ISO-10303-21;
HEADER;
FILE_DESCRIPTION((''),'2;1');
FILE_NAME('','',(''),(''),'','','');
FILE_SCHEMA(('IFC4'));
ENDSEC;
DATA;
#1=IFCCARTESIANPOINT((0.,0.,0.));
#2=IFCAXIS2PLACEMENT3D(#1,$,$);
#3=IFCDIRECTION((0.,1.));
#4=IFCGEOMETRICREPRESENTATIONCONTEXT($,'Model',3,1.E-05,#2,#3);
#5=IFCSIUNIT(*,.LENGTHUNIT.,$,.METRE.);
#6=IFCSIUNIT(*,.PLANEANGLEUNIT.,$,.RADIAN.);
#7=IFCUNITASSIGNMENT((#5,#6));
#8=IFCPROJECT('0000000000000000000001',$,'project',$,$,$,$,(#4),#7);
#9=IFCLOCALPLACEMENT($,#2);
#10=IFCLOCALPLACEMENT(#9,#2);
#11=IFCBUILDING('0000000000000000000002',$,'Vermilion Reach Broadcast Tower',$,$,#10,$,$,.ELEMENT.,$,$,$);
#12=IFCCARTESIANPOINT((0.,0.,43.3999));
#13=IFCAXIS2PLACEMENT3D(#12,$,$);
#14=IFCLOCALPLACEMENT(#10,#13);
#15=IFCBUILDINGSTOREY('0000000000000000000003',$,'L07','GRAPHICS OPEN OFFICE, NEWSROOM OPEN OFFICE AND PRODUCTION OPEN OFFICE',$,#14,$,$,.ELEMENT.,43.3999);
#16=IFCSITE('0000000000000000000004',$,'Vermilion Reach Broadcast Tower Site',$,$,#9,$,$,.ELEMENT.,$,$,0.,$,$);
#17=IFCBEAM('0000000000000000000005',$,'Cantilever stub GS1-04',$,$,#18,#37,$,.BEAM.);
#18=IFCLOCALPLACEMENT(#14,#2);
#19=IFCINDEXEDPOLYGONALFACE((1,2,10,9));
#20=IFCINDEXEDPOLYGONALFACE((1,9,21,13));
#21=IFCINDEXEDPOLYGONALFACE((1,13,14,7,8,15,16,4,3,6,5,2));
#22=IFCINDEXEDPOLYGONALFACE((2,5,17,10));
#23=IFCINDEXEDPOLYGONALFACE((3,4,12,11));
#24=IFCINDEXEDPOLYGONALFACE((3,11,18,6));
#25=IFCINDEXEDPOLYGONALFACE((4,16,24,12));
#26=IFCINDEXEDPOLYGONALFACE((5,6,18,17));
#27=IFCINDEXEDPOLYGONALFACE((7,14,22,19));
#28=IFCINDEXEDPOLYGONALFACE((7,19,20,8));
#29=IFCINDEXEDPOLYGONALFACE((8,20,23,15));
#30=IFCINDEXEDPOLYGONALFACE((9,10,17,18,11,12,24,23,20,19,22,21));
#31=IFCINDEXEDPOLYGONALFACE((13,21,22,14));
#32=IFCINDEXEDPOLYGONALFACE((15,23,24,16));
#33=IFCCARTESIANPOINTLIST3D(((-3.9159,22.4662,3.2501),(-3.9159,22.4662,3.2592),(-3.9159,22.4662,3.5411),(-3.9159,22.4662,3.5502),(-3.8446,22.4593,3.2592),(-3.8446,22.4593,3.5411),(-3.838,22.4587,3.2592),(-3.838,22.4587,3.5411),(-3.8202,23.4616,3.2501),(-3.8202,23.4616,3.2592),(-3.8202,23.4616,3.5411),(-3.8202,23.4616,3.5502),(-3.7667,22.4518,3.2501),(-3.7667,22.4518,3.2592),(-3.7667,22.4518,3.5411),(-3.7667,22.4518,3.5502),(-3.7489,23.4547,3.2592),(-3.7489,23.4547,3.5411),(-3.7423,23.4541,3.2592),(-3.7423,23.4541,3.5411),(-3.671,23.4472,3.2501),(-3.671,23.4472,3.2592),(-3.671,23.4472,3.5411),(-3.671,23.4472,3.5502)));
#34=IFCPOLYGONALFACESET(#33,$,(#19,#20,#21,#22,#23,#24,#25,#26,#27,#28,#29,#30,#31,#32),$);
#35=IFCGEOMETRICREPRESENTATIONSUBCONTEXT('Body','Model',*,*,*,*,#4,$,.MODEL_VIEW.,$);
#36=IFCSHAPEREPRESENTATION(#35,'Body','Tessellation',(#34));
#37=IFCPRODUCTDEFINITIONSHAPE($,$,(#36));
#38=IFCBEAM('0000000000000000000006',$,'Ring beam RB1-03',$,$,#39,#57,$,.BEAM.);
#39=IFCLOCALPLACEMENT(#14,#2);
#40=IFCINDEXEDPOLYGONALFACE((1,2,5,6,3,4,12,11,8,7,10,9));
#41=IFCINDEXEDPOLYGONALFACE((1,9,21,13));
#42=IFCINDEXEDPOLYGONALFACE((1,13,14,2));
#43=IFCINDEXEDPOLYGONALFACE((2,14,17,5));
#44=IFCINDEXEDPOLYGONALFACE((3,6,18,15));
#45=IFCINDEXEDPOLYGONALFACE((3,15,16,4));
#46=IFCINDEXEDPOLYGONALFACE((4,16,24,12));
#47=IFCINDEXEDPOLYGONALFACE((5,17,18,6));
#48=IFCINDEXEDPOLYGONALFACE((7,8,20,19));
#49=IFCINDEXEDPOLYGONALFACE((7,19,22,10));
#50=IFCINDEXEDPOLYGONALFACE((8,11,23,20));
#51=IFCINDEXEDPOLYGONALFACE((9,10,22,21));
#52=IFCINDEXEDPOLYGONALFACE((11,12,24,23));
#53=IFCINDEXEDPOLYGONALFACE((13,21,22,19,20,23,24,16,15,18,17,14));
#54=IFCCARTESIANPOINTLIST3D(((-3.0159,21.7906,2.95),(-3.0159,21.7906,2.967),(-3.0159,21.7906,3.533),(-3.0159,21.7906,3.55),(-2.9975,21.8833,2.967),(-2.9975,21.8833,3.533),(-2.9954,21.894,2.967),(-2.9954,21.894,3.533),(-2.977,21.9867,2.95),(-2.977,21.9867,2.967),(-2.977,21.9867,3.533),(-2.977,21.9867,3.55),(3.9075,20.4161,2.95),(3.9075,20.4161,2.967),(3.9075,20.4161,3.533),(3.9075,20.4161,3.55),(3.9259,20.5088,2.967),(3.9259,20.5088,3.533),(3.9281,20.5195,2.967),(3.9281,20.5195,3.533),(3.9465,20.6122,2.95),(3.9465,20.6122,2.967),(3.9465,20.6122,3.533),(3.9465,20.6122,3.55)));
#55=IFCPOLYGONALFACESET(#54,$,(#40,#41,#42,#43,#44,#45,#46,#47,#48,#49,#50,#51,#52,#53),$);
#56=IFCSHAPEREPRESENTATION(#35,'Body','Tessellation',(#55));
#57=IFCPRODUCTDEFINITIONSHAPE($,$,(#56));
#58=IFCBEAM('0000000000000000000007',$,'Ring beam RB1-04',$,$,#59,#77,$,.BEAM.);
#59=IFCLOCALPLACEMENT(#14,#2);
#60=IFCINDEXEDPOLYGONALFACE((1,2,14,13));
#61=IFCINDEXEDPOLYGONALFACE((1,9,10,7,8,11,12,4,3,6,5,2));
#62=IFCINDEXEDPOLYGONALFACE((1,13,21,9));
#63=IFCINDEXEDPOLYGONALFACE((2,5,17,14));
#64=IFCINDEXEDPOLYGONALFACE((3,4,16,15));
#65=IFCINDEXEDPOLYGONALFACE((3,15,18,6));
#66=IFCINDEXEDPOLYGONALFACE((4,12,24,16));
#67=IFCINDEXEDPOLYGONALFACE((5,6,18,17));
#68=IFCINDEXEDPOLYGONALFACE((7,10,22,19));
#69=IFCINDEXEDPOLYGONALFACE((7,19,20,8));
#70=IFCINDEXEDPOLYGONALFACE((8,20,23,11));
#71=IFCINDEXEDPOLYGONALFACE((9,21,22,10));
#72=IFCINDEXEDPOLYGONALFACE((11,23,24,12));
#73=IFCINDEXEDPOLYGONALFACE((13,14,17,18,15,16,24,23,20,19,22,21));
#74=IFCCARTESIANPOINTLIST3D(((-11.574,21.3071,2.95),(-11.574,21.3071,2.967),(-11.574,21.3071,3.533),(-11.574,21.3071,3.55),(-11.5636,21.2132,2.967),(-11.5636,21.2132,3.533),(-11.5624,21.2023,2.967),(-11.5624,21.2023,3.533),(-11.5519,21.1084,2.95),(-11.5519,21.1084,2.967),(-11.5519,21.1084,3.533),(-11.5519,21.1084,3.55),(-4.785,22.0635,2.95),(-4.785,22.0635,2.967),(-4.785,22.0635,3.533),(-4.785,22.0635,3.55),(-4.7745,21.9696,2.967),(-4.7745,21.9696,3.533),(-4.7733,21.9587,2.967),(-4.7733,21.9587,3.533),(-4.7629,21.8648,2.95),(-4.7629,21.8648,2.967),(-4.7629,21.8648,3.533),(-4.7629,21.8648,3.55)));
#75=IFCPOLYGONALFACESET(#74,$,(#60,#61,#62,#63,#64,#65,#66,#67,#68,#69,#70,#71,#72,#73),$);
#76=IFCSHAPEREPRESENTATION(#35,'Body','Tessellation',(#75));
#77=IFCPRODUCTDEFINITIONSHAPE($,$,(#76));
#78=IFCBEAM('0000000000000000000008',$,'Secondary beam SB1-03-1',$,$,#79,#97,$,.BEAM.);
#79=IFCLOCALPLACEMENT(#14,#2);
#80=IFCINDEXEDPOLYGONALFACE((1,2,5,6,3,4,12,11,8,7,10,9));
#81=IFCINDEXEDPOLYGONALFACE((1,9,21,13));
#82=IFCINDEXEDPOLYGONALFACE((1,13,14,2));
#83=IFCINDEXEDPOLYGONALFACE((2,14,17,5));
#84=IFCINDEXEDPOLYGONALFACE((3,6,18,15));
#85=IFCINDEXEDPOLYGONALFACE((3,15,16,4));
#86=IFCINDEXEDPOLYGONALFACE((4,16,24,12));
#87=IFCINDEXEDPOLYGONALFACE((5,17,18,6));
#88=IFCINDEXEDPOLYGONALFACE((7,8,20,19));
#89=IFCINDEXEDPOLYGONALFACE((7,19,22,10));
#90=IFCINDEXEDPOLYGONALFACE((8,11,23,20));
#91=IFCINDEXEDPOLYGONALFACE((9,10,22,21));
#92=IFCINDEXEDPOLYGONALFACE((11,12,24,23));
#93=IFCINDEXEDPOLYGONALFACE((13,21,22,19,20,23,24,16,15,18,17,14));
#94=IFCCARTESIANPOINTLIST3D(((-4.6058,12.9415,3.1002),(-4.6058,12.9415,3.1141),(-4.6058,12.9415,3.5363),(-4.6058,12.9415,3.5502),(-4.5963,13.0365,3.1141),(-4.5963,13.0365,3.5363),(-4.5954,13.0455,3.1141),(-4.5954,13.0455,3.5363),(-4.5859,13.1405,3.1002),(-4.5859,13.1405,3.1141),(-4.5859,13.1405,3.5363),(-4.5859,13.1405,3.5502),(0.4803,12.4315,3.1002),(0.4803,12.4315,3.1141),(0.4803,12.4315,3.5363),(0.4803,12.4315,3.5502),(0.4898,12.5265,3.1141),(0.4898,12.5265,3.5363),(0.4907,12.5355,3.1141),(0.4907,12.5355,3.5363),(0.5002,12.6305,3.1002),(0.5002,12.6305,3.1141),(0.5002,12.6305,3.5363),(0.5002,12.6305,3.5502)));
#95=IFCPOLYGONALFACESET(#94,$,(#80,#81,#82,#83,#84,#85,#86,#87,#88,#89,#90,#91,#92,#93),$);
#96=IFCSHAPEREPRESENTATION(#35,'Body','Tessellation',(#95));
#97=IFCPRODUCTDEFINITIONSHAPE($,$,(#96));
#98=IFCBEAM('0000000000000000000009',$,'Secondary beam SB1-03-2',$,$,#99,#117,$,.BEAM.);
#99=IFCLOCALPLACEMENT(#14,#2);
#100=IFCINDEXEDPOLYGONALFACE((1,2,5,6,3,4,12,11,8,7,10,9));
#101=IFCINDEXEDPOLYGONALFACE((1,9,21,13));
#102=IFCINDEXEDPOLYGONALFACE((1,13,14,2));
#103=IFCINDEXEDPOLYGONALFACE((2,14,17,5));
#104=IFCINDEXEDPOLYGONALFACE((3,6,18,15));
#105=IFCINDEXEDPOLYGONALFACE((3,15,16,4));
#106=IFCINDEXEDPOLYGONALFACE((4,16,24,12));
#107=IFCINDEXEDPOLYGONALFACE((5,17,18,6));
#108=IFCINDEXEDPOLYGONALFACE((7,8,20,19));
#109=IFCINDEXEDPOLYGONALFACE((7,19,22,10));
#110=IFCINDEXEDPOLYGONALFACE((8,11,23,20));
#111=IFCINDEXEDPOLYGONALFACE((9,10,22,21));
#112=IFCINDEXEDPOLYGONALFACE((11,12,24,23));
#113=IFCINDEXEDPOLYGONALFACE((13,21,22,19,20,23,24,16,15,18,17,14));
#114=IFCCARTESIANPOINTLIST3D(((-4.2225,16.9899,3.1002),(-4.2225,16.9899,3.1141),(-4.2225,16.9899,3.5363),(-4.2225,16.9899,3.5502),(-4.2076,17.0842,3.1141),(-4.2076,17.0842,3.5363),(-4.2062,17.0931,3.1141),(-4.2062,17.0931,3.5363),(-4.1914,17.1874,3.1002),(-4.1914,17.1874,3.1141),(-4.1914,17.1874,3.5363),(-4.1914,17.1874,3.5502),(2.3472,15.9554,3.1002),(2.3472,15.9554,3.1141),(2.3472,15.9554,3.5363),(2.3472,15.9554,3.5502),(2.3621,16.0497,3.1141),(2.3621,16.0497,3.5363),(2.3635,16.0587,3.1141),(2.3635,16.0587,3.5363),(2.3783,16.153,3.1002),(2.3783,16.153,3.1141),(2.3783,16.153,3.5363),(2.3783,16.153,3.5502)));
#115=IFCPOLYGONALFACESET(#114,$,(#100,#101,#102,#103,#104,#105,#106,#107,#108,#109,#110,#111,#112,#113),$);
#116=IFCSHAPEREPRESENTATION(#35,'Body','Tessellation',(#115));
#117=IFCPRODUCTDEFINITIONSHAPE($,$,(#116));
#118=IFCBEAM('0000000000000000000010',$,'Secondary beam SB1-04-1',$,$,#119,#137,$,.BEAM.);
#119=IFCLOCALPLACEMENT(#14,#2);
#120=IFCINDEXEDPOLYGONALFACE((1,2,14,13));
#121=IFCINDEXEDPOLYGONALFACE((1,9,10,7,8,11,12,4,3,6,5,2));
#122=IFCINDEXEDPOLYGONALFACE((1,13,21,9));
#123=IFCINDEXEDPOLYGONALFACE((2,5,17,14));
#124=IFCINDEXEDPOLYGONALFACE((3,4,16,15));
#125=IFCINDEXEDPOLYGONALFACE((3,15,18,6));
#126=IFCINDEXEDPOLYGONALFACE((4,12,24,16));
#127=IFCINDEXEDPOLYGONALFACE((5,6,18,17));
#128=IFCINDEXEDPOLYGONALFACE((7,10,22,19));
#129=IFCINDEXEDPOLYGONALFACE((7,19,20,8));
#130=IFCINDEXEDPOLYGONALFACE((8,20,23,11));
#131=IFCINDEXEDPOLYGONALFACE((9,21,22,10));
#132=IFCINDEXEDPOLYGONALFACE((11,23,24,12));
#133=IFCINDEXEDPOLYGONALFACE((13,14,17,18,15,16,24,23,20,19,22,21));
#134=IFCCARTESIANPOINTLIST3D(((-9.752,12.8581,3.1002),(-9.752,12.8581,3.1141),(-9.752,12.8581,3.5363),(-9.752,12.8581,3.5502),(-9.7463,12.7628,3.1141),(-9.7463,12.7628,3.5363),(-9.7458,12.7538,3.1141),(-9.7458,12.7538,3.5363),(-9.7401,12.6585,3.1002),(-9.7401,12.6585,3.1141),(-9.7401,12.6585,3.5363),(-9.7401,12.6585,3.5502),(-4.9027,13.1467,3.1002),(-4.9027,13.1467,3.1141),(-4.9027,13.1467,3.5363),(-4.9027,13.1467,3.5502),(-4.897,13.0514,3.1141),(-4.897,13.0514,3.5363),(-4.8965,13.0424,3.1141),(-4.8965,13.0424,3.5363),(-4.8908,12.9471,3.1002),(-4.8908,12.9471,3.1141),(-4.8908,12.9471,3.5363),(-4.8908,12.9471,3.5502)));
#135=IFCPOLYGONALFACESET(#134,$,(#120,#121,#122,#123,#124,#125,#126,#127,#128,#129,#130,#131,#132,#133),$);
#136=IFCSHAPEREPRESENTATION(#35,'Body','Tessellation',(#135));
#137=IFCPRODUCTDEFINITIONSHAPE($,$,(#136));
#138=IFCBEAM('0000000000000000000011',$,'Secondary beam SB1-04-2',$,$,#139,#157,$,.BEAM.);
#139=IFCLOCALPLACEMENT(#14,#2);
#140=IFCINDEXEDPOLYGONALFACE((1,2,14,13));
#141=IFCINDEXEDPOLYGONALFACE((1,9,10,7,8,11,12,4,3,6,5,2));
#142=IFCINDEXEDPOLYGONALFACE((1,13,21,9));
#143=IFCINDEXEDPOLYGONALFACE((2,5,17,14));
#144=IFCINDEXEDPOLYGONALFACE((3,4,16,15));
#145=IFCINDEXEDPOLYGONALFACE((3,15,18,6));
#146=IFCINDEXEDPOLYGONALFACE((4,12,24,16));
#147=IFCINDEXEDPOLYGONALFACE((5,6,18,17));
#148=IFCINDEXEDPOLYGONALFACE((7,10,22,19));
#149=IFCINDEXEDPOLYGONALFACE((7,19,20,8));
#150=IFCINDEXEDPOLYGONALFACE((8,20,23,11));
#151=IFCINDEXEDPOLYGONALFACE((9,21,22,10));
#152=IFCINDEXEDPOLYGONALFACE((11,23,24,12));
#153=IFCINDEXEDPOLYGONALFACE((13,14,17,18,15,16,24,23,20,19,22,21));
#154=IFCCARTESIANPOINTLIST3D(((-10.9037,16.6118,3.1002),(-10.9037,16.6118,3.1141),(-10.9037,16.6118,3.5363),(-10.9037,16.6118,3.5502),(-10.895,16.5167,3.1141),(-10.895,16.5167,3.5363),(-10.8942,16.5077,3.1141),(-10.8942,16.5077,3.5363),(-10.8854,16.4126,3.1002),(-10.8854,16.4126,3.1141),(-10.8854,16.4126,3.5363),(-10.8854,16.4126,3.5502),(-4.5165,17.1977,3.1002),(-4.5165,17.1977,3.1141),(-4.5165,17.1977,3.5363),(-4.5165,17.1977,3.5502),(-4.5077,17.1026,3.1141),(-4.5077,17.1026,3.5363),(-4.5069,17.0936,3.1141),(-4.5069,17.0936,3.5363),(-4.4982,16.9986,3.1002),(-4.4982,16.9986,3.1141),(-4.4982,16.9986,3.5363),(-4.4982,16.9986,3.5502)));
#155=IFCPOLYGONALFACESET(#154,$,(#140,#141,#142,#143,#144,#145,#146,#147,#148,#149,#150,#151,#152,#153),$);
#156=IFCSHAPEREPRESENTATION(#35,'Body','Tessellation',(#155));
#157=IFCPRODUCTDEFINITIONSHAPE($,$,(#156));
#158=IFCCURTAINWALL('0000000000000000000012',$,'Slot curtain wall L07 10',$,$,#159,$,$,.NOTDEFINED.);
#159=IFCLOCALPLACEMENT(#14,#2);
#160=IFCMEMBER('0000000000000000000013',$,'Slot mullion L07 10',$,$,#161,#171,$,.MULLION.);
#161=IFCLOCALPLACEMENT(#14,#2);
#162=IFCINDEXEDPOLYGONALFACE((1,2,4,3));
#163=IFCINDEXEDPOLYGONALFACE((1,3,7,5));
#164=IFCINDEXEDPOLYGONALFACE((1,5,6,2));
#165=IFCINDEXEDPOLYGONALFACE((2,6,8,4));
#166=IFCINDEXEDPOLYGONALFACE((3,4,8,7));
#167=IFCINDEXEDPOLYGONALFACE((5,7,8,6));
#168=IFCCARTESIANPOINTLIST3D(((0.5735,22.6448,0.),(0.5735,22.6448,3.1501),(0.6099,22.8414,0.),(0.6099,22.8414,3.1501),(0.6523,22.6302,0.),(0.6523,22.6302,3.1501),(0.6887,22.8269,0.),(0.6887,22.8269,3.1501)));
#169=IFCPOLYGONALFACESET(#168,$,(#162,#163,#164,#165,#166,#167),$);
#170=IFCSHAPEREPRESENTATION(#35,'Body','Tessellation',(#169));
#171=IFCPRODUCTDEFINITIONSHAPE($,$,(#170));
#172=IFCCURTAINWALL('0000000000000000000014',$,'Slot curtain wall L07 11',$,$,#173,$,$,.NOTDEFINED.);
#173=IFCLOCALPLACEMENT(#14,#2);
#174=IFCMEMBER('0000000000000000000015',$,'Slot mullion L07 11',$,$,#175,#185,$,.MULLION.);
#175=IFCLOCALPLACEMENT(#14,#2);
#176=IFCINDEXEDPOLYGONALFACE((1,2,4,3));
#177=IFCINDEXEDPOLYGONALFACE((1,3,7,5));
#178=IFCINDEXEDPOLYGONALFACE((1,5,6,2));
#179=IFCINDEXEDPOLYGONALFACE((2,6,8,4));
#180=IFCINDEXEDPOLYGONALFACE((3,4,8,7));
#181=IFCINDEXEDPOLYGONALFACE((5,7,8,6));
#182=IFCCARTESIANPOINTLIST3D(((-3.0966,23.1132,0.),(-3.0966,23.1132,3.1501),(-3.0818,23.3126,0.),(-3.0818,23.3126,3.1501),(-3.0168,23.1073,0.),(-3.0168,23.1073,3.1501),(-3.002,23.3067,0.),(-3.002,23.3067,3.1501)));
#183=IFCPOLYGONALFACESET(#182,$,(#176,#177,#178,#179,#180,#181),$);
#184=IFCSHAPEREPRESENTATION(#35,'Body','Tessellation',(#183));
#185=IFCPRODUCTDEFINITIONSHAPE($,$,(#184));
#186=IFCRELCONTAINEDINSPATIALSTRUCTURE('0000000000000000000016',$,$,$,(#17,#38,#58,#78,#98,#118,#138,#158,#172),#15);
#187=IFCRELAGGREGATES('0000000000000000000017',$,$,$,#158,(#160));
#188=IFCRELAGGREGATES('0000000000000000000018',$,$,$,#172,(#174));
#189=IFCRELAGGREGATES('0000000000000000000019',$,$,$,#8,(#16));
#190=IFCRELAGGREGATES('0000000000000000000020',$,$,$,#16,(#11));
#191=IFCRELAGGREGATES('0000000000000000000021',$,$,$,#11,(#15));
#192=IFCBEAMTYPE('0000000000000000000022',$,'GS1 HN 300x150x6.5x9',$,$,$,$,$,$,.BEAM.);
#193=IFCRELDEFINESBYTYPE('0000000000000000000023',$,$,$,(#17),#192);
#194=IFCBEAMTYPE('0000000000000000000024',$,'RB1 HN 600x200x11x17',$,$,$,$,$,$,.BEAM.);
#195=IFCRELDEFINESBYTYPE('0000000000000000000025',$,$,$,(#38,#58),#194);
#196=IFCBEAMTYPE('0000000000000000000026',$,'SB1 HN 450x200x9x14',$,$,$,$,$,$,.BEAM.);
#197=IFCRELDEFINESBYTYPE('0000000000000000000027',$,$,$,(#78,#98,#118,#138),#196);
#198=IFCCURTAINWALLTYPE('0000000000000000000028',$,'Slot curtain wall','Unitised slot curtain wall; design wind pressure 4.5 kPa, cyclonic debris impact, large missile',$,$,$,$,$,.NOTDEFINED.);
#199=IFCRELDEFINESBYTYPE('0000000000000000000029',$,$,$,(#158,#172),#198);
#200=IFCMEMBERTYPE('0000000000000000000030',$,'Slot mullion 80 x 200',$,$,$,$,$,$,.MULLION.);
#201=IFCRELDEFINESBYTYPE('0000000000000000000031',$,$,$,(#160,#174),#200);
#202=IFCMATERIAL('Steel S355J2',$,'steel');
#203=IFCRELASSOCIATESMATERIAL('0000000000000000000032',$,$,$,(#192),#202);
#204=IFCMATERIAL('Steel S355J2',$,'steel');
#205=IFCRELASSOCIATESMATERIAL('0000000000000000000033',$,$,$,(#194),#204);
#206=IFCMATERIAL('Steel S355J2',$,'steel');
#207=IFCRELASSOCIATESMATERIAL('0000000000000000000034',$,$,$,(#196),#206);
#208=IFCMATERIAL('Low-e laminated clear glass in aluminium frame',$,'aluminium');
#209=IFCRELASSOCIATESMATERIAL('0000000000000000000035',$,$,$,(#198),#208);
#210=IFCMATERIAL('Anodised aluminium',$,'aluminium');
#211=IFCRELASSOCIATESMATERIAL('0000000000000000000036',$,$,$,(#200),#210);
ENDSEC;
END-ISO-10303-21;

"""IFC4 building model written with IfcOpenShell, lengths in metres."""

from ifc_helpers import new_model, si_unit, direction, frame, origin, origin_2d, place, context, subcontext, project, spatial, rectangle, i_section, extrude, material, material_profile, profile_set, type_object, element, aggregate, save


model = new_model("IFC4")

# Units and contexts
model_context = context("Model", 3, precision=1e-05, world=origin(), true_north=direction((0.0, 1.0)))
body_context = subcontext(model_context, "Body", "Model", "MODEL_VIEW")
ifc_project = project(units=[si_unit("LENGTHUNIT", "METRE"), si_unit("PLANEANGLEUNIT", "RADIAN")], contexts=[model_context])

# Site, building, storey
site_placement = place(None, origin())
site = spatial("IfcSite", under=ifc_project, at=site_placement, Name="Vermilion Reach Broadcast Tower Site", CompositionType="ELEMENT", RefElevation=0.0)
building_placement = place(site_placement, origin())
building = spatial("IfcBuilding", under=site, at=building_placement, Name="Vermilion Reach Broadcast Tower", CompositionType="ELEMENT")
storey_placement = place(building_placement, frame((0.0, 0.0, 43.3999)))
storey = spatial("IfcBuildingStorey", under=building, at=storey_placement, Name="L07", Description="GRAPHICS OPEN OFFICE, NEWSROOM OPEN OFFICE AND PRODUCTION OPEN OFFICE", CompositionType="ELEMENT", Elevation=43.3999)

# Beams
ifc_material_1 = material(Name="Steel S355J2", Category="steel")
ifc_material_profile_1 = material_profile(ifc_material_1, i_section(OverallWidth=0.1499, OverallDepth=0.3, WebThickness=0.0066, FlangeThickness=0.009, at=origin_2d()), Name="S355J2 HN 300x150x6.5x9")
ifc_profile_set_1 = profile_set([ifc_material_profile_1], Name="Steel S355J2")
beam_type_1 = type_object("IfcBeamType", Name="GS1 HN 300x150x6.5x9", PredefinedType="BEAM", material=ifc_profile_set_1)
beam_1_placement = place(storey_placement, frame((-3.8413, 22.459, 3.4001), z_axis=(0.095708, 0.995409, 0.0), x_axis=(-0.995409, 0.095708, 0.0)))
element("IfcBeam", 1, at=beam_1_placement, inside=storey, type_object=beam_type_1, Name="Cantilever stub GS1-04", PredefinedType="BEAM", context=body_context, shape_type="SweptSolid", body=[
    extrude(i_section(OverallWidth=0.1499, OverallDepth=0.3, WebThickness=0.0066, FlangeThickness=0.009, at=origin_2d()), origin(), (0.0, 0.0, 1.0), 1.0),
])
ifc_material_2 = material(Name="Steel S355J2", Category="steel")
ifc_material_profile_2 = material_profile(ifc_material_2, i_section(OverallWidth=0.2, OverallDepth=0.6001, WebThickness=0.011, FlangeThickness=0.0171, at=origin_2d()), Name="S355J2 HN 600x200x11x17")
ifc_profile_set_2 = profile_set([ifc_material_profile_2], Name="Steel S355J2")
beam_type_2 = type_object("IfcBeamType", Name="RB1 HN 600x200x11x17", PredefinedType="BEAM", material=ifc_profile_set_2)
beam_2_placement = place(storey_placement, frame((3.927, 20.5142, 3.25), z_axis=(-0.980858, 0.194726, 0.0), x_axis=(-0.194726, -0.980858, 0.0)))
element("IfcBeam", 2, at=beam_2_placement, inside=storey, type_object=beam_type_2, Name="Ring beam RB1-03", PredefinedType="BEAM", context=body_context, shape_type="SweptSolid", body=[
    extrude(i_section(OverallWidth=0.2, OverallDepth=0.6001, WebThickness=0.011, FlangeThickness=0.0171, at=origin_2d()), origin(), (0.0, 0.0, 1.0), 7.0586),
])
beam_3_placement = place(storey_placement, frame((-4.7739, 21.9641, 3.25), z_axis=(-0.993851, -0.110722, 0.0), x_axis=(0.110722, -0.993851, 0.0)))
element("IfcBeam", 3, at=beam_3_placement, inside=storey, type_object=beam_type_2, Name="Ring beam RB1-04", PredefinedType="BEAM", context=body_context, shape_type="SweptSolid", body=[
    extrude(i_section(OverallWidth=0.2, OverallDepth=0.6001, WebThickness=0.011, FlangeThickness=0.0171, at=origin_2d()), origin(), (0.0, 0.0, 1.0), 6.8311),
])
ifc_material_3 = material(Name="Steel S355J2", Category="steel")
ifc_material_profile_3 = material_profile(ifc_material_3, i_section(OverallWidth=0.2, OverallDepth=0.45, WebThickness=0.009, FlangeThickness=0.0139, at=origin_2d()), Name="S355J2 HN 450x200x9x14")
ifc_profile_set_3 = profile_set([ifc_material_profile_3], Name="Steel S355J2")
beam_type_3 = type_object("IfcBeamType", Name="SB1 HN 450x200x9x14", PredefinedType="BEAM", material=ifc_profile_set_3)
beam_4_placement = place(storey_placement, frame((0.4902, 12.531, 3.3252), z_axis=(-0.99501, 0.099773, 0.0), x_axis=(-0.099773, -0.99501, 0.0)))
element("IfcBeam", 4, at=beam_4_placement, inside=storey, type_object=beam_type_3, Name="Secondary beam SB1-03-1", PredefinedType="BEAM", context=body_context, shape_type="SweptSolid", body=[
    extrude(i_section(OverallWidth=0.2, OverallDepth=0.45, WebThickness=0.009, FlangeThickness=0.0139, at=origin_2d()), origin(), (0.0, 0.0, 1.0), 5.1116),
])
beam_5_placement = place(storey_placement, frame((2.3628, 16.0542, 3.3252), z_axis=(-0.98783, 0.15554, 0.0), x_axis=(-0.15554, -0.98783, 0.0)))
element("IfcBeam", 5, at=beam_5_placement, inside=storey, type_object=beam_type_3, Name="Secondary beam SB1-03-2", PredefinedType="BEAM", context=body_context, shape_type="SweptSolid", body=[
    extrude(i_section(OverallWidth=0.2, OverallDepth=0.45, WebThickness=0.009, FlangeThickness=0.0139, at=origin_2d()), origin(), (0.0, 0.0, 1.0), 6.6506),
])
beam_6_placement = place(storey_placement, frame((-4.8967, 13.0469, 3.3252), z_axis=(-0.998234, -0.059403, 0.0), x_axis=(0.059403, -0.998234, 0.0)))
element("IfcBeam", 6, at=beam_6_placement, inside=storey, type_object=beam_type_3, Name="Secondary beam SB1-04-1", PredefinedType="BEAM", context=body_context, shape_type="SweptSolid", body=[
    extrude(i_section(OverallWidth=0.2, OverallDepth=0.45, WebThickness=0.009, FlangeThickness=0.0139, at=origin_2d()), origin(), (0.0, 0.0, 1.0), 4.8579),
])
beam_7_placement = place(storey_placement, frame((-4.5073, 17.0981, 3.3252), z_axis=(-0.995819, -0.091353, 0.0), x_axis=(0.091353, -0.995819, 0.0)))
element("IfcBeam", 7, at=beam_7_placement, inside=storey, type_object=beam_type_3, Name="Secondary beam SB1-04-2", PredefinedType="BEAM", context=body_context, shape_type="SweptSolid", body=[
    extrude(i_section(OverallWidth=0.2, OverallDepth=0.45, WebThickness=0.009, FlangeThickness=0.0139, at=origin_2d()), origin(), (0.0, 0.0, 1.0), 6.4141),
])

# Curtain walls, members
ifc_material_4 = material(Name="Low-e laminated clear glass in aluminium frame", Category="aluminium")
curtain_wall_type = type_object("IfcCurtainWallType", Name="Slot curtain wall", Description="Unitised slot curtain wall; design wind pressure 4.5 kPa, cyclonic debris impact, large missile", PredefinedType="NOTDEFINED", material=ifc_material_4)
placement_1 = place(storey_placement, origin())
curtain_wall_1 = element("IfcCurtainWall", 8, at=placement_1, inside=storey, type_object=curtain_wall_type, Name="Slot curtain wall L07 10", PredefinedType="NOTDEFINED")
ifc_material_5 = material(Name="Anodised aluminium", Category="aluminium")
ifc_material_profile_4 = material_profile(ifc_material_5, rectangle(XDim=0.2, YDim=0.0801, at=origin_2d()), Name="Slot mullion 80 x 200")
ifc_profile_set_4 = profile_set([ifc_material_profile_4], Name="Anodised aluminium")
member_type_1 = type_object("IfcMemberType", Name="Slot mullion 80 x 200", PredefinedType="MULLION", material=ifc_profile_set_4)
member_1_placement = place(storey_placement, frame((0.6311, 22.7358, 0.0), z_axis=(0.0, 0.0, 1.0), x_axis=(-0.181909, -0.983315, 0.0)))
member_1 = element("IfcMember", 9, at=member_1_placement, type_object=member_type_1, Name="Slot mullion L07 10", PredefinedType="MULLION", context=body_context, shape_type="SweptSolid", body=[
    extrude(rectangle(XDim=0.2, YDim=0.0801, at=origin_2d()), origin(), (0.0, 0.0, 1.0), 3.1501),
])
curtain_wall_2 = element("IfcCurtainWall", 10, at=placement_1, inside=storey, type_object=curtain_wall_type, Name="Slot curtain wall L07 11", PredefinedType="NOTDEFINED")
member_2_placement = place(storey_placement, frame((-3.0493, 23.21, 0.0), z_axis=(0.0, 0.0, 1.0), x_axis=(-0.074038, -0.997255, 0.0)))
member_2 = element("IfcMember", 11, at=member_2_placement, type_object=member_type_1, Name="Slot mullion L07 11", PredefinedType="MULLION", context=body_context, shape_type="SweptSolid", body=[
    extrude(rectangle(XDim=0.2, YDim=0.0801, at=origin_2d()), origin(), (0.0, 0.0, 1.0), 3.1501),
])

aggregate(curtain_wall_1, [member_1])
aggregate(curtain_wall_2, [member_2])

save(model, "model.ifc")
